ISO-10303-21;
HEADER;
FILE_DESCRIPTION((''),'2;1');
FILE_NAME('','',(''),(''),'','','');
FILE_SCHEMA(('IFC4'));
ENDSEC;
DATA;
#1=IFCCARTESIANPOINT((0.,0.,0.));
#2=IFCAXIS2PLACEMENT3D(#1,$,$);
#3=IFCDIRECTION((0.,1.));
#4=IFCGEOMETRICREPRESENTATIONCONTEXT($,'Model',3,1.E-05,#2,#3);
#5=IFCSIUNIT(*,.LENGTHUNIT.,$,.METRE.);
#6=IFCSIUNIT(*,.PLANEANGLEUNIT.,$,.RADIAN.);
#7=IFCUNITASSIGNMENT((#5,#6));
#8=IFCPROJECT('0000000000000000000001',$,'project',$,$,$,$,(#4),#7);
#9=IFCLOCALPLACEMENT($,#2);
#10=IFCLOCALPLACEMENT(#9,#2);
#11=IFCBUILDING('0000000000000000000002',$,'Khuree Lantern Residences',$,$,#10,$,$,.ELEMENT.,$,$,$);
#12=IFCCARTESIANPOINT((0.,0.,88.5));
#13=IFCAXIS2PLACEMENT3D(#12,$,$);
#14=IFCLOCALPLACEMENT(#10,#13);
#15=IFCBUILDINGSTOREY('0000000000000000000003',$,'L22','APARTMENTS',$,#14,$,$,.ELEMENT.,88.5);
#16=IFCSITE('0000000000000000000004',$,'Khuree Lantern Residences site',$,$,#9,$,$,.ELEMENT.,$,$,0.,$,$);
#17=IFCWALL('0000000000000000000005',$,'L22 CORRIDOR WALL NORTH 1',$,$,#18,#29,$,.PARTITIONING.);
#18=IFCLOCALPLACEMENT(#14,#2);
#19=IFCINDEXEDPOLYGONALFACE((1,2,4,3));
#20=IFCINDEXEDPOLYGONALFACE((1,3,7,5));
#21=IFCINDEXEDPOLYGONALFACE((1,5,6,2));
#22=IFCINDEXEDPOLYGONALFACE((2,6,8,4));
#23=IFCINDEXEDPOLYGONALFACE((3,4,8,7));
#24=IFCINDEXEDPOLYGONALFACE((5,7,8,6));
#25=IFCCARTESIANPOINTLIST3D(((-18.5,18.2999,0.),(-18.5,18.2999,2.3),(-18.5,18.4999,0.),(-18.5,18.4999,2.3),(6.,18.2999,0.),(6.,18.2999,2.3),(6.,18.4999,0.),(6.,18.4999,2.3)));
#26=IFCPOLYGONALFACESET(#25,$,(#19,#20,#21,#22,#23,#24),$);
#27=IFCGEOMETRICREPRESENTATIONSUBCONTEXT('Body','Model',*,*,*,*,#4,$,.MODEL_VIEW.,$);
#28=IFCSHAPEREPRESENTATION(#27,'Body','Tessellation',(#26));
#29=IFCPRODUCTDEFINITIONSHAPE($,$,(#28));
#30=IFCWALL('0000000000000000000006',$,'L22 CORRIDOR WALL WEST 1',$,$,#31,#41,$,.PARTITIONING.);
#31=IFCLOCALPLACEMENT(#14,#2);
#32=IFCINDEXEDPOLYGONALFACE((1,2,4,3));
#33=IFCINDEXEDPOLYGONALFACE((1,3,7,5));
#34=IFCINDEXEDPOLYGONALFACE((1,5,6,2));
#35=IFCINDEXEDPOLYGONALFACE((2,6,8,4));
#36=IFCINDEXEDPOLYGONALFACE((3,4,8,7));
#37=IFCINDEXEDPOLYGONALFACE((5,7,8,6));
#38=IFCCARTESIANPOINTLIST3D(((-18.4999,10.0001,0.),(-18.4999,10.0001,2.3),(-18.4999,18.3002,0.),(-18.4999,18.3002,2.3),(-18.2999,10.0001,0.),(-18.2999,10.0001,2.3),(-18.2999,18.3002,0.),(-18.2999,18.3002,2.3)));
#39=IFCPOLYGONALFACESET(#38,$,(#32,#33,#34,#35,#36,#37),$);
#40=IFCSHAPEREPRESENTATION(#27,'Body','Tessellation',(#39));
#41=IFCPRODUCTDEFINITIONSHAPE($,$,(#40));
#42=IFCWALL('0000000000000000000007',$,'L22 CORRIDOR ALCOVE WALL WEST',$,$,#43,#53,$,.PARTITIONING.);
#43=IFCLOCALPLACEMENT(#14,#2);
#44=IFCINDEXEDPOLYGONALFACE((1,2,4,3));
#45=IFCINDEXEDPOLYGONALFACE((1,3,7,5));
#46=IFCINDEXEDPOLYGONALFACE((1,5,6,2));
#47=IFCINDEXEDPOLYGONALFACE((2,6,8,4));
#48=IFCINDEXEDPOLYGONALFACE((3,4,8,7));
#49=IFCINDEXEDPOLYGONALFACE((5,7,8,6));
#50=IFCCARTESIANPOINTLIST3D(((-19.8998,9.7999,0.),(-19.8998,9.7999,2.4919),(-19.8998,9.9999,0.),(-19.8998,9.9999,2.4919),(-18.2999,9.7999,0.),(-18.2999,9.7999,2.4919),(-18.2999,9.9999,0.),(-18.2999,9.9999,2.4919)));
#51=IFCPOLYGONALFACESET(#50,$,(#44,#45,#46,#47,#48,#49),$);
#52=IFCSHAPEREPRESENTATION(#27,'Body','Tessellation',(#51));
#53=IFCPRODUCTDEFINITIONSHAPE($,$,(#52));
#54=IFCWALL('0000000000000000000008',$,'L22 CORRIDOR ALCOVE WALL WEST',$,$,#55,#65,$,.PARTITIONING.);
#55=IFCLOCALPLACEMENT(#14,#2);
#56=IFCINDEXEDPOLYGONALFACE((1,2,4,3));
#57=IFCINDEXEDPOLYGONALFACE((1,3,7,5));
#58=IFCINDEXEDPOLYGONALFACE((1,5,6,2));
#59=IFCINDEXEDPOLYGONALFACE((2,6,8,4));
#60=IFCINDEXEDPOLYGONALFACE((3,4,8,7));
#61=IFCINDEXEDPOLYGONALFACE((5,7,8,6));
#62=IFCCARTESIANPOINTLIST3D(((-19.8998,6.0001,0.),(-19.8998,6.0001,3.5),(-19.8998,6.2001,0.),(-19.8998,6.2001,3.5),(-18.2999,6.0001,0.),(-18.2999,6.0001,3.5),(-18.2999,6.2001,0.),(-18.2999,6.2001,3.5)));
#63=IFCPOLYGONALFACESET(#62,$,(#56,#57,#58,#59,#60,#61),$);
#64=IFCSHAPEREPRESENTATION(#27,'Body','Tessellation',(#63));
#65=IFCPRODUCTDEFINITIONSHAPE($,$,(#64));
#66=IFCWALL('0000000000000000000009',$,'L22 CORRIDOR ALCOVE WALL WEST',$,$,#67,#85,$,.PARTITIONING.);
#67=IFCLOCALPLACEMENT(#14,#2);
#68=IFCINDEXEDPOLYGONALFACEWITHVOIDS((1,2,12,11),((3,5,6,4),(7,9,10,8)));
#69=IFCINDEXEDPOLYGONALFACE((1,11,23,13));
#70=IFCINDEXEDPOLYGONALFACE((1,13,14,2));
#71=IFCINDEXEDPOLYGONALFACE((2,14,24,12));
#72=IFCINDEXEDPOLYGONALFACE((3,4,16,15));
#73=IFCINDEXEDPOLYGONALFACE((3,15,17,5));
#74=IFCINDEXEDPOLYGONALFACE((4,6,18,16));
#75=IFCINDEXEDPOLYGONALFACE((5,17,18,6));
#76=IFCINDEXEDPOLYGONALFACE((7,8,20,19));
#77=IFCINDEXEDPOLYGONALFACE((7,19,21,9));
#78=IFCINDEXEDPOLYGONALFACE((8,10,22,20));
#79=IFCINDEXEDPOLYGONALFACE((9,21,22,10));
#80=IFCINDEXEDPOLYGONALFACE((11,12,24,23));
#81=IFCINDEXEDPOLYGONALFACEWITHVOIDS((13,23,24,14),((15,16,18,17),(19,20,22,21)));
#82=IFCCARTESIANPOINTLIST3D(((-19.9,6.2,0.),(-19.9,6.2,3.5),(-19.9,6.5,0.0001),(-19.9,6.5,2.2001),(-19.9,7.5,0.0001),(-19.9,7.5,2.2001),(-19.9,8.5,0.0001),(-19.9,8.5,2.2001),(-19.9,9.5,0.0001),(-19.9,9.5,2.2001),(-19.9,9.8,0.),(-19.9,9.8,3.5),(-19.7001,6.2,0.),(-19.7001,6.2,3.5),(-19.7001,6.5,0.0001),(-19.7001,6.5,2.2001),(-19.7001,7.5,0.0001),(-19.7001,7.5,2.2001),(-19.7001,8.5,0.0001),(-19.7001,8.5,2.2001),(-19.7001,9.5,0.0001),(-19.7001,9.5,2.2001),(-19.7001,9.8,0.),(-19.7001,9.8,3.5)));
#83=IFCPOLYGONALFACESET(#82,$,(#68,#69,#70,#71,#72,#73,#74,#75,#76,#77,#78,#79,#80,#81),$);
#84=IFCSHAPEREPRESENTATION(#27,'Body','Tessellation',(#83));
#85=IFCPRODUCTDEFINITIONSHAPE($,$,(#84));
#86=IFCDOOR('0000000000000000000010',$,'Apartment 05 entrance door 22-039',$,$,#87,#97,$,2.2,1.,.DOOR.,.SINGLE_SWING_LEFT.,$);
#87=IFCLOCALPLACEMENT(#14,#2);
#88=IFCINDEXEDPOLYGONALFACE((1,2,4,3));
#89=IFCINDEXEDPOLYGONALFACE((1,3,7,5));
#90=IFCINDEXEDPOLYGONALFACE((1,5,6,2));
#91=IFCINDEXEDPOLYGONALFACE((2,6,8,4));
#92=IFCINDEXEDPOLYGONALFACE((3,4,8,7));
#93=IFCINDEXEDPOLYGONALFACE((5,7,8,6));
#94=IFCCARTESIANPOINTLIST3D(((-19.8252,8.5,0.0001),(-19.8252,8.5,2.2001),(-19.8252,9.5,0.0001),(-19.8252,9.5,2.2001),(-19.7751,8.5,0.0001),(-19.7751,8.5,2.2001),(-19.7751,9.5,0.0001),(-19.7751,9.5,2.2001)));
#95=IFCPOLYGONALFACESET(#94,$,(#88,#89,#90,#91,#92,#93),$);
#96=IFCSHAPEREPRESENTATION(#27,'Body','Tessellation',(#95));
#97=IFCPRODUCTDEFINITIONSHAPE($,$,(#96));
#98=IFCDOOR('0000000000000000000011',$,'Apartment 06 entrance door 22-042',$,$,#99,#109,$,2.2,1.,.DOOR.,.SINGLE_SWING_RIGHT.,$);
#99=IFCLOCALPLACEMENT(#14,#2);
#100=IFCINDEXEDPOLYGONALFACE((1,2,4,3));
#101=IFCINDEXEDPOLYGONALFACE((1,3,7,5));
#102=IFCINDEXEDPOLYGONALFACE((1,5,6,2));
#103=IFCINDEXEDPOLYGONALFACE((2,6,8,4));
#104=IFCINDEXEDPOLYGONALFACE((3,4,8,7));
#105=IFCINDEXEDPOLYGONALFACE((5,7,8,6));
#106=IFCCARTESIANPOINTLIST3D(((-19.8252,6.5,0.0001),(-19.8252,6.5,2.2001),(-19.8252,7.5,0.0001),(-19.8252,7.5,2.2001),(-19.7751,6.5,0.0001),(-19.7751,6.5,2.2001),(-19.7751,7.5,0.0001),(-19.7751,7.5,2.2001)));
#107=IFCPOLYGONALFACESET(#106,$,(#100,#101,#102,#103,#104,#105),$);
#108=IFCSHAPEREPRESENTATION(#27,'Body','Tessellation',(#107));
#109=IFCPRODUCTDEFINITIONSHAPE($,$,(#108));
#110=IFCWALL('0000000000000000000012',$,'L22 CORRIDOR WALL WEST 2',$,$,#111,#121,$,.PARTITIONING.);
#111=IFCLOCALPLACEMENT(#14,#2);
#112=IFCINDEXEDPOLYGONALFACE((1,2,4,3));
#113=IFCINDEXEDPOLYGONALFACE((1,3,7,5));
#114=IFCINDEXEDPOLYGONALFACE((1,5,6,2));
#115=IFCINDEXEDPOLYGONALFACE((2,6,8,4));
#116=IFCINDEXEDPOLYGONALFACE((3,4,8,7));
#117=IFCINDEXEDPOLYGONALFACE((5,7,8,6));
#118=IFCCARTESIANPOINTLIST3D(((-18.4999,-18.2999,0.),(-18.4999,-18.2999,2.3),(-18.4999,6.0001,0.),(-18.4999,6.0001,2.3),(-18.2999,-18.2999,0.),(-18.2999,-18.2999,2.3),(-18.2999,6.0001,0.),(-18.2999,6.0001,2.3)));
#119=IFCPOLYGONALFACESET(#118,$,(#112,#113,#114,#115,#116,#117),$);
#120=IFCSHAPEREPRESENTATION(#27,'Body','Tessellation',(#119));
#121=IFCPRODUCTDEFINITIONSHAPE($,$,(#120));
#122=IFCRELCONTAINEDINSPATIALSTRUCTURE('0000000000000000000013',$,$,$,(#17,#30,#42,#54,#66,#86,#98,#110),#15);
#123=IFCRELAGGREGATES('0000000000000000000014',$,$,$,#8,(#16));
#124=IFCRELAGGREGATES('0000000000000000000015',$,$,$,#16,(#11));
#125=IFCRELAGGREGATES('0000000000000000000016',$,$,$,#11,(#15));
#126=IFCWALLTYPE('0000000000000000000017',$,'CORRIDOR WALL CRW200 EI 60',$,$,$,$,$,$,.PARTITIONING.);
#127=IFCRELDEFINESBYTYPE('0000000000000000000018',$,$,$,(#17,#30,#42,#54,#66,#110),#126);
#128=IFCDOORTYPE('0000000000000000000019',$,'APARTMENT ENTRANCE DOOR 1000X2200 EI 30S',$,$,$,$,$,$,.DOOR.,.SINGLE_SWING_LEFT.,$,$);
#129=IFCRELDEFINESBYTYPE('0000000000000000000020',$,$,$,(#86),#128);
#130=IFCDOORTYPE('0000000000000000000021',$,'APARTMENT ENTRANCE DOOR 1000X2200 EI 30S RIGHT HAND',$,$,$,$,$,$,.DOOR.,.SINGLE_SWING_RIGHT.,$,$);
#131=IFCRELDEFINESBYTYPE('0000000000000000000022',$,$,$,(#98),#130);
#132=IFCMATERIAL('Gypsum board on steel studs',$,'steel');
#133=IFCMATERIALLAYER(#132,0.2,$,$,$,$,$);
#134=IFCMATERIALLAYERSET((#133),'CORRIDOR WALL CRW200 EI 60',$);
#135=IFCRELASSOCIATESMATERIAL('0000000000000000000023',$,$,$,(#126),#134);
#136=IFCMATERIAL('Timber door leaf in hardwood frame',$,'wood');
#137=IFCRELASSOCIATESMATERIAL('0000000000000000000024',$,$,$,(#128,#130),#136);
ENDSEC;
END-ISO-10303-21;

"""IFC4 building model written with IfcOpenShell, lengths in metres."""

from ifc_helpers import new_model, si_unit, direction, frame, frame_2d, origin, place, context, subcontext, project, spatial, rectangle, extrude, material, layer, layer_set, type_object, element, fill, save


model = new_model("IFC4")

# Units and contexts
model_context = context("Model", 3, precision=1e-05, world=origin(), true_north=direction((0.0, 1.0)))
body_context = subcontext(model_context, "Body", "Model", "MODEL_VIEW")
ifc_project = project(units=[si_unit("LENGTHUNIT", "METRE"), si_unit("PLANEANGLEUNIT", "RADIAN")], contexts=[model_context])

# Site, building, storey
site_placement = place(None, origin())
site = spatial("IfcSite", under=ifc_project, at=site_placement, Name="Khuree Lantern Residences site", CompositionType="ELEMENT", RefElevation=0.0)
building_placement = place(site_placement, origin())
building = spatial("IfcBuilding", under=site, at=building_placement, Name="Khuree Lantern Residences", CompositionType="ELEMENT")
storey_placement = place(building_placement, frame((0.0, 0.0, 88.5)))
storey = spatial("IfcBuildingStorey", under=building, at=storey_placement, Name="L22", Description="APARTMENTS", CompositionType="ELEMENT", Elevation=88.5)

# Shared definitions
ifc_material_1 = material(Name="Timber door leaf in hardwood frame", Category="wood")

# Walls
ifc_material_2 = material(Name="Gypsum board on steel studs", Category="steel")
ifc_layer_1 = layer(ifc_material_2, 0.2)
ifc_layer_set_1 = layer_set([ifc_layer_1], Name="CORRIDOR WALL CRW200 EI 60")
wall_type_1 = type_object("IfcWallType", Name="CORRIDOR WALL CRW200 EI 60", PredefinedType="PARTITIONING", material=ifc_layer_set_1)
wall_1_placement = place(storey_placement, frame((-18.5, 18.3999, 0.0), z_axis=(0.0, 0.0, 1.0), x_axis=(1.0, 0.0, 0.0)))
element("IfcWall", 1, at=wall_1_placement, inside=storey, type_object=wall_type_1, Name="L22 CORRIDOR WALL NORTH 1", PredefinedType="PARTITIONING", context=body_context, shape_type="SweptSolid", body=[
    extrude(rectangle(XDim=24.5, YDim=0.2, at=frame_2d((12.25, 0.0))), origin(), (0.0, 0.0, 1.0), 2.3),
])
wall_2_placement = place(storey_placement, frame((-18.3999, 18.3, 0.0), z_axis=(0.0, 0.0, 1.0), x_axis=(0.0, -1.0, 0.0)))
element("IfcWall", 2, at=wall_2_placement, inside=storey, type_object=wall_type_1, Name="L22 CORRIDOR WALL WEST 1", PredefinedType="PARTITIONING", context=body_context, shape_type="SweptSolid", body=[
    extrude(rectangle(XDim=8.3, YDim=0.2, at=frame_2d((4.1499, 0.0))), origin(), (0.0, 0.0, 1.0), 2.3),
])
wall_3_placement = place(storey_placement, frame((-18.3, 9.8999, 0.0), z_axis=(0.0, 0.0, 1.0), x_axis=(-1.0, 0.0, 0.0)))
element("IfcWall", 3, at=wall_3_placement, inside=storey, type_object=wall_type_1, Name="L22 CORRIDOR ALCOVE WALL WEST", PredefinedType="PARTITIONING", context=body_context, shape_type="SweptSolid", body=[
    extrude(rectangle(XDim=1.5999, YDim=0.2, at=frame_2d((0.7998, 0.0))), origin(), (0.0, 0.0, 1.0), 2.4919),
])
wall_4_placement = place(storey_placement, frame((-18.3, 6.1001, 0.0), z_axis=(0.0, 0.0, 1.0), x_axis=(-1.0, 0.0, 0.0)))
element("IfcWall", 4, at=wall_4_placement, inside=storey, type_object=wall_type_1, Name="L22 CORRIDOR ALCOVE WALL WEST", PredefinedType="PARTITIONING", context=body_context, shape_type="SweptSolid", body=[
    extrude(rectangle(XDim=1.5999, YDim=0.2, at=frame_2d((0.7998, 0.0))), origin(), (0.0, 0.0, 1.0), 3.5),
])

# Wall, openings, doors
wall_5_placement = place(storey_placement, frame((-19.8, 9.8, 0.0), z_axis=(0.0, 0.0, 1.0), x_axis=(0.0, -1.0, 0.0)))
wall_5 = element("IfcWall", 5, at=wall_5_placement, inside=storey, type_object=wall_type_1, Name="L22 CORRIDOR ALCOVE WALL WEST", PredefinedType="PARTITIONING", context=body_context, shape_type="SweptSolid", body=[
    extrude(rectangle(XDim=3.6001, YDim=0.2, at=frame_2d((1.8, 0.0))), origin(), (0.0, 0.0, 1.0), 3.5),
])
opening_1_placement = place(wall_5_placement, frame((0.3, 0.0, 0.0)))
opening_1 = element("IfcOpeningElement", 6, at=opening_1_placement, cuts=wall_5, PredefinedType="OPENING", context=body_context, shape_type="SweptSolid", body=[
    extrude(rectangle(XDim=1.0, YDim=2.2, at=frame_2d((0.5, 1.1001))), frame((0.0, 0.1099, 0.0), z_axis=(0.0, -1.0, 0.0), x_axis=(1.0, 0.0, 0.0)), (0.0, 0.0, 1.0), 0.22),
])
opening_2_placement = place(wall_5_placement, frame((2.3, 0.0, 0.0)))
opening_2 = element("IfcOpeningElement", 7, at=opening_2_placement, cuts=wall_5, PredefinedType="OPENING", context=body_context, shape_type="SweptSolid", body=[
    extrude(rectangle(XDim=1.0, YDim=2.2, at=frame_2d((0.5, 1.1001))), frame((0.0, 0.1099, 0.0), z_axis=(0.0, -1.0, 0.0), x_axis=(1.0, 0.0, 0.0)), (0.0, 0.0, 1.0), 0.22),
])
door_type_1 = type_object("IfcDoorType", Name="APARTMENT ENTRANCE DOOR 1000X2200 EI 30S", OperationType="SINGLE_SWING_LEFT", PredefinedType="DOOR", material=ifc_material_1)
door_1_placement = place(opening_1_placement, origin())
door_1 = element("IfcDoor", 8, at=door_1_placement, inside=storey, type_object=door_type_1, Name="Apartment 05 entrance door 22-039", OperationType="SINGLE_SWING_LEFT", OverallHeight=2.2, OverallWidth=1.0, PredefinedType="DOOR", context=body_context, shape_type="SweptSolid", body=[
    extrude(rectangle(XDim=1.0, YDim=2.2, at=frame_2d((0.5, 1.1001))), frame((0.0, 0.0249, 0.0), z_axis=(0.0, -1.0, 0.0), x_axis=(1.0, 0.0, 0.0)), (0.0, 0.0, 1.0), 0.05),
])
fill(opening_1, door_1)
door_type_2 = type_object("IfcDoorType", Name="APARTMENT ENTRANCE DOOR 1000X2200 EI 30S RIGHT HAND", OperationType="SINGLE_SWING_RIGHT", PredefinedType="DOOR", material=ifc_material_1)
door_2_placement = place(opening_2_placement, origin())
door_2 = element("IfcDoor", 9, at=door_2_placement, inside=storey, type_object=door_type_2, Name="Apartment 06 entrance door 22-042", OperationType="SINGLE_SWING_RIGHT", OverallHeight=2.2, OverallWidth=1.0, PredefinedType="DOOR", context=body_context, shape_type="SweptSolid", body=[
    extrude(rectangle(XDim=1.0, YDim=2.2, at=frame_2d((0.5, 1.1001))), frame((0.0, 0.0249, 0.0), z_axis=(0.0, -1.0, 0.0), x_axis=(1.0, 0.0, 0.0)), (0.0, 0.0, 1.0), 0.05),
])
fill(opening_2, door_2)

# Wall
wall_6_placement = place(storey_placement, frame((-18.3999, 6.0, 0.0), z_axis=(0.0, 0.0, 1.0), x_axis=(0.0, -1.0, 0.0)))
element("IfcWall", 10, at=wall_6_placement, inside=storey, type_object=wall_type_1, Name="L22 CORRIDOR WALL WEST 2", PredefinedType="PARTITIONING", context=body_context, shape_type="SweptSolid", body=[
    extrude(rectangle(XDim=24.3, YDim=0.2, at=frame_2d((12.1499, 0.0))), origin(), (0.0, 0.0, 1.0), 2.3),
])

save(model, "model.ifc")
